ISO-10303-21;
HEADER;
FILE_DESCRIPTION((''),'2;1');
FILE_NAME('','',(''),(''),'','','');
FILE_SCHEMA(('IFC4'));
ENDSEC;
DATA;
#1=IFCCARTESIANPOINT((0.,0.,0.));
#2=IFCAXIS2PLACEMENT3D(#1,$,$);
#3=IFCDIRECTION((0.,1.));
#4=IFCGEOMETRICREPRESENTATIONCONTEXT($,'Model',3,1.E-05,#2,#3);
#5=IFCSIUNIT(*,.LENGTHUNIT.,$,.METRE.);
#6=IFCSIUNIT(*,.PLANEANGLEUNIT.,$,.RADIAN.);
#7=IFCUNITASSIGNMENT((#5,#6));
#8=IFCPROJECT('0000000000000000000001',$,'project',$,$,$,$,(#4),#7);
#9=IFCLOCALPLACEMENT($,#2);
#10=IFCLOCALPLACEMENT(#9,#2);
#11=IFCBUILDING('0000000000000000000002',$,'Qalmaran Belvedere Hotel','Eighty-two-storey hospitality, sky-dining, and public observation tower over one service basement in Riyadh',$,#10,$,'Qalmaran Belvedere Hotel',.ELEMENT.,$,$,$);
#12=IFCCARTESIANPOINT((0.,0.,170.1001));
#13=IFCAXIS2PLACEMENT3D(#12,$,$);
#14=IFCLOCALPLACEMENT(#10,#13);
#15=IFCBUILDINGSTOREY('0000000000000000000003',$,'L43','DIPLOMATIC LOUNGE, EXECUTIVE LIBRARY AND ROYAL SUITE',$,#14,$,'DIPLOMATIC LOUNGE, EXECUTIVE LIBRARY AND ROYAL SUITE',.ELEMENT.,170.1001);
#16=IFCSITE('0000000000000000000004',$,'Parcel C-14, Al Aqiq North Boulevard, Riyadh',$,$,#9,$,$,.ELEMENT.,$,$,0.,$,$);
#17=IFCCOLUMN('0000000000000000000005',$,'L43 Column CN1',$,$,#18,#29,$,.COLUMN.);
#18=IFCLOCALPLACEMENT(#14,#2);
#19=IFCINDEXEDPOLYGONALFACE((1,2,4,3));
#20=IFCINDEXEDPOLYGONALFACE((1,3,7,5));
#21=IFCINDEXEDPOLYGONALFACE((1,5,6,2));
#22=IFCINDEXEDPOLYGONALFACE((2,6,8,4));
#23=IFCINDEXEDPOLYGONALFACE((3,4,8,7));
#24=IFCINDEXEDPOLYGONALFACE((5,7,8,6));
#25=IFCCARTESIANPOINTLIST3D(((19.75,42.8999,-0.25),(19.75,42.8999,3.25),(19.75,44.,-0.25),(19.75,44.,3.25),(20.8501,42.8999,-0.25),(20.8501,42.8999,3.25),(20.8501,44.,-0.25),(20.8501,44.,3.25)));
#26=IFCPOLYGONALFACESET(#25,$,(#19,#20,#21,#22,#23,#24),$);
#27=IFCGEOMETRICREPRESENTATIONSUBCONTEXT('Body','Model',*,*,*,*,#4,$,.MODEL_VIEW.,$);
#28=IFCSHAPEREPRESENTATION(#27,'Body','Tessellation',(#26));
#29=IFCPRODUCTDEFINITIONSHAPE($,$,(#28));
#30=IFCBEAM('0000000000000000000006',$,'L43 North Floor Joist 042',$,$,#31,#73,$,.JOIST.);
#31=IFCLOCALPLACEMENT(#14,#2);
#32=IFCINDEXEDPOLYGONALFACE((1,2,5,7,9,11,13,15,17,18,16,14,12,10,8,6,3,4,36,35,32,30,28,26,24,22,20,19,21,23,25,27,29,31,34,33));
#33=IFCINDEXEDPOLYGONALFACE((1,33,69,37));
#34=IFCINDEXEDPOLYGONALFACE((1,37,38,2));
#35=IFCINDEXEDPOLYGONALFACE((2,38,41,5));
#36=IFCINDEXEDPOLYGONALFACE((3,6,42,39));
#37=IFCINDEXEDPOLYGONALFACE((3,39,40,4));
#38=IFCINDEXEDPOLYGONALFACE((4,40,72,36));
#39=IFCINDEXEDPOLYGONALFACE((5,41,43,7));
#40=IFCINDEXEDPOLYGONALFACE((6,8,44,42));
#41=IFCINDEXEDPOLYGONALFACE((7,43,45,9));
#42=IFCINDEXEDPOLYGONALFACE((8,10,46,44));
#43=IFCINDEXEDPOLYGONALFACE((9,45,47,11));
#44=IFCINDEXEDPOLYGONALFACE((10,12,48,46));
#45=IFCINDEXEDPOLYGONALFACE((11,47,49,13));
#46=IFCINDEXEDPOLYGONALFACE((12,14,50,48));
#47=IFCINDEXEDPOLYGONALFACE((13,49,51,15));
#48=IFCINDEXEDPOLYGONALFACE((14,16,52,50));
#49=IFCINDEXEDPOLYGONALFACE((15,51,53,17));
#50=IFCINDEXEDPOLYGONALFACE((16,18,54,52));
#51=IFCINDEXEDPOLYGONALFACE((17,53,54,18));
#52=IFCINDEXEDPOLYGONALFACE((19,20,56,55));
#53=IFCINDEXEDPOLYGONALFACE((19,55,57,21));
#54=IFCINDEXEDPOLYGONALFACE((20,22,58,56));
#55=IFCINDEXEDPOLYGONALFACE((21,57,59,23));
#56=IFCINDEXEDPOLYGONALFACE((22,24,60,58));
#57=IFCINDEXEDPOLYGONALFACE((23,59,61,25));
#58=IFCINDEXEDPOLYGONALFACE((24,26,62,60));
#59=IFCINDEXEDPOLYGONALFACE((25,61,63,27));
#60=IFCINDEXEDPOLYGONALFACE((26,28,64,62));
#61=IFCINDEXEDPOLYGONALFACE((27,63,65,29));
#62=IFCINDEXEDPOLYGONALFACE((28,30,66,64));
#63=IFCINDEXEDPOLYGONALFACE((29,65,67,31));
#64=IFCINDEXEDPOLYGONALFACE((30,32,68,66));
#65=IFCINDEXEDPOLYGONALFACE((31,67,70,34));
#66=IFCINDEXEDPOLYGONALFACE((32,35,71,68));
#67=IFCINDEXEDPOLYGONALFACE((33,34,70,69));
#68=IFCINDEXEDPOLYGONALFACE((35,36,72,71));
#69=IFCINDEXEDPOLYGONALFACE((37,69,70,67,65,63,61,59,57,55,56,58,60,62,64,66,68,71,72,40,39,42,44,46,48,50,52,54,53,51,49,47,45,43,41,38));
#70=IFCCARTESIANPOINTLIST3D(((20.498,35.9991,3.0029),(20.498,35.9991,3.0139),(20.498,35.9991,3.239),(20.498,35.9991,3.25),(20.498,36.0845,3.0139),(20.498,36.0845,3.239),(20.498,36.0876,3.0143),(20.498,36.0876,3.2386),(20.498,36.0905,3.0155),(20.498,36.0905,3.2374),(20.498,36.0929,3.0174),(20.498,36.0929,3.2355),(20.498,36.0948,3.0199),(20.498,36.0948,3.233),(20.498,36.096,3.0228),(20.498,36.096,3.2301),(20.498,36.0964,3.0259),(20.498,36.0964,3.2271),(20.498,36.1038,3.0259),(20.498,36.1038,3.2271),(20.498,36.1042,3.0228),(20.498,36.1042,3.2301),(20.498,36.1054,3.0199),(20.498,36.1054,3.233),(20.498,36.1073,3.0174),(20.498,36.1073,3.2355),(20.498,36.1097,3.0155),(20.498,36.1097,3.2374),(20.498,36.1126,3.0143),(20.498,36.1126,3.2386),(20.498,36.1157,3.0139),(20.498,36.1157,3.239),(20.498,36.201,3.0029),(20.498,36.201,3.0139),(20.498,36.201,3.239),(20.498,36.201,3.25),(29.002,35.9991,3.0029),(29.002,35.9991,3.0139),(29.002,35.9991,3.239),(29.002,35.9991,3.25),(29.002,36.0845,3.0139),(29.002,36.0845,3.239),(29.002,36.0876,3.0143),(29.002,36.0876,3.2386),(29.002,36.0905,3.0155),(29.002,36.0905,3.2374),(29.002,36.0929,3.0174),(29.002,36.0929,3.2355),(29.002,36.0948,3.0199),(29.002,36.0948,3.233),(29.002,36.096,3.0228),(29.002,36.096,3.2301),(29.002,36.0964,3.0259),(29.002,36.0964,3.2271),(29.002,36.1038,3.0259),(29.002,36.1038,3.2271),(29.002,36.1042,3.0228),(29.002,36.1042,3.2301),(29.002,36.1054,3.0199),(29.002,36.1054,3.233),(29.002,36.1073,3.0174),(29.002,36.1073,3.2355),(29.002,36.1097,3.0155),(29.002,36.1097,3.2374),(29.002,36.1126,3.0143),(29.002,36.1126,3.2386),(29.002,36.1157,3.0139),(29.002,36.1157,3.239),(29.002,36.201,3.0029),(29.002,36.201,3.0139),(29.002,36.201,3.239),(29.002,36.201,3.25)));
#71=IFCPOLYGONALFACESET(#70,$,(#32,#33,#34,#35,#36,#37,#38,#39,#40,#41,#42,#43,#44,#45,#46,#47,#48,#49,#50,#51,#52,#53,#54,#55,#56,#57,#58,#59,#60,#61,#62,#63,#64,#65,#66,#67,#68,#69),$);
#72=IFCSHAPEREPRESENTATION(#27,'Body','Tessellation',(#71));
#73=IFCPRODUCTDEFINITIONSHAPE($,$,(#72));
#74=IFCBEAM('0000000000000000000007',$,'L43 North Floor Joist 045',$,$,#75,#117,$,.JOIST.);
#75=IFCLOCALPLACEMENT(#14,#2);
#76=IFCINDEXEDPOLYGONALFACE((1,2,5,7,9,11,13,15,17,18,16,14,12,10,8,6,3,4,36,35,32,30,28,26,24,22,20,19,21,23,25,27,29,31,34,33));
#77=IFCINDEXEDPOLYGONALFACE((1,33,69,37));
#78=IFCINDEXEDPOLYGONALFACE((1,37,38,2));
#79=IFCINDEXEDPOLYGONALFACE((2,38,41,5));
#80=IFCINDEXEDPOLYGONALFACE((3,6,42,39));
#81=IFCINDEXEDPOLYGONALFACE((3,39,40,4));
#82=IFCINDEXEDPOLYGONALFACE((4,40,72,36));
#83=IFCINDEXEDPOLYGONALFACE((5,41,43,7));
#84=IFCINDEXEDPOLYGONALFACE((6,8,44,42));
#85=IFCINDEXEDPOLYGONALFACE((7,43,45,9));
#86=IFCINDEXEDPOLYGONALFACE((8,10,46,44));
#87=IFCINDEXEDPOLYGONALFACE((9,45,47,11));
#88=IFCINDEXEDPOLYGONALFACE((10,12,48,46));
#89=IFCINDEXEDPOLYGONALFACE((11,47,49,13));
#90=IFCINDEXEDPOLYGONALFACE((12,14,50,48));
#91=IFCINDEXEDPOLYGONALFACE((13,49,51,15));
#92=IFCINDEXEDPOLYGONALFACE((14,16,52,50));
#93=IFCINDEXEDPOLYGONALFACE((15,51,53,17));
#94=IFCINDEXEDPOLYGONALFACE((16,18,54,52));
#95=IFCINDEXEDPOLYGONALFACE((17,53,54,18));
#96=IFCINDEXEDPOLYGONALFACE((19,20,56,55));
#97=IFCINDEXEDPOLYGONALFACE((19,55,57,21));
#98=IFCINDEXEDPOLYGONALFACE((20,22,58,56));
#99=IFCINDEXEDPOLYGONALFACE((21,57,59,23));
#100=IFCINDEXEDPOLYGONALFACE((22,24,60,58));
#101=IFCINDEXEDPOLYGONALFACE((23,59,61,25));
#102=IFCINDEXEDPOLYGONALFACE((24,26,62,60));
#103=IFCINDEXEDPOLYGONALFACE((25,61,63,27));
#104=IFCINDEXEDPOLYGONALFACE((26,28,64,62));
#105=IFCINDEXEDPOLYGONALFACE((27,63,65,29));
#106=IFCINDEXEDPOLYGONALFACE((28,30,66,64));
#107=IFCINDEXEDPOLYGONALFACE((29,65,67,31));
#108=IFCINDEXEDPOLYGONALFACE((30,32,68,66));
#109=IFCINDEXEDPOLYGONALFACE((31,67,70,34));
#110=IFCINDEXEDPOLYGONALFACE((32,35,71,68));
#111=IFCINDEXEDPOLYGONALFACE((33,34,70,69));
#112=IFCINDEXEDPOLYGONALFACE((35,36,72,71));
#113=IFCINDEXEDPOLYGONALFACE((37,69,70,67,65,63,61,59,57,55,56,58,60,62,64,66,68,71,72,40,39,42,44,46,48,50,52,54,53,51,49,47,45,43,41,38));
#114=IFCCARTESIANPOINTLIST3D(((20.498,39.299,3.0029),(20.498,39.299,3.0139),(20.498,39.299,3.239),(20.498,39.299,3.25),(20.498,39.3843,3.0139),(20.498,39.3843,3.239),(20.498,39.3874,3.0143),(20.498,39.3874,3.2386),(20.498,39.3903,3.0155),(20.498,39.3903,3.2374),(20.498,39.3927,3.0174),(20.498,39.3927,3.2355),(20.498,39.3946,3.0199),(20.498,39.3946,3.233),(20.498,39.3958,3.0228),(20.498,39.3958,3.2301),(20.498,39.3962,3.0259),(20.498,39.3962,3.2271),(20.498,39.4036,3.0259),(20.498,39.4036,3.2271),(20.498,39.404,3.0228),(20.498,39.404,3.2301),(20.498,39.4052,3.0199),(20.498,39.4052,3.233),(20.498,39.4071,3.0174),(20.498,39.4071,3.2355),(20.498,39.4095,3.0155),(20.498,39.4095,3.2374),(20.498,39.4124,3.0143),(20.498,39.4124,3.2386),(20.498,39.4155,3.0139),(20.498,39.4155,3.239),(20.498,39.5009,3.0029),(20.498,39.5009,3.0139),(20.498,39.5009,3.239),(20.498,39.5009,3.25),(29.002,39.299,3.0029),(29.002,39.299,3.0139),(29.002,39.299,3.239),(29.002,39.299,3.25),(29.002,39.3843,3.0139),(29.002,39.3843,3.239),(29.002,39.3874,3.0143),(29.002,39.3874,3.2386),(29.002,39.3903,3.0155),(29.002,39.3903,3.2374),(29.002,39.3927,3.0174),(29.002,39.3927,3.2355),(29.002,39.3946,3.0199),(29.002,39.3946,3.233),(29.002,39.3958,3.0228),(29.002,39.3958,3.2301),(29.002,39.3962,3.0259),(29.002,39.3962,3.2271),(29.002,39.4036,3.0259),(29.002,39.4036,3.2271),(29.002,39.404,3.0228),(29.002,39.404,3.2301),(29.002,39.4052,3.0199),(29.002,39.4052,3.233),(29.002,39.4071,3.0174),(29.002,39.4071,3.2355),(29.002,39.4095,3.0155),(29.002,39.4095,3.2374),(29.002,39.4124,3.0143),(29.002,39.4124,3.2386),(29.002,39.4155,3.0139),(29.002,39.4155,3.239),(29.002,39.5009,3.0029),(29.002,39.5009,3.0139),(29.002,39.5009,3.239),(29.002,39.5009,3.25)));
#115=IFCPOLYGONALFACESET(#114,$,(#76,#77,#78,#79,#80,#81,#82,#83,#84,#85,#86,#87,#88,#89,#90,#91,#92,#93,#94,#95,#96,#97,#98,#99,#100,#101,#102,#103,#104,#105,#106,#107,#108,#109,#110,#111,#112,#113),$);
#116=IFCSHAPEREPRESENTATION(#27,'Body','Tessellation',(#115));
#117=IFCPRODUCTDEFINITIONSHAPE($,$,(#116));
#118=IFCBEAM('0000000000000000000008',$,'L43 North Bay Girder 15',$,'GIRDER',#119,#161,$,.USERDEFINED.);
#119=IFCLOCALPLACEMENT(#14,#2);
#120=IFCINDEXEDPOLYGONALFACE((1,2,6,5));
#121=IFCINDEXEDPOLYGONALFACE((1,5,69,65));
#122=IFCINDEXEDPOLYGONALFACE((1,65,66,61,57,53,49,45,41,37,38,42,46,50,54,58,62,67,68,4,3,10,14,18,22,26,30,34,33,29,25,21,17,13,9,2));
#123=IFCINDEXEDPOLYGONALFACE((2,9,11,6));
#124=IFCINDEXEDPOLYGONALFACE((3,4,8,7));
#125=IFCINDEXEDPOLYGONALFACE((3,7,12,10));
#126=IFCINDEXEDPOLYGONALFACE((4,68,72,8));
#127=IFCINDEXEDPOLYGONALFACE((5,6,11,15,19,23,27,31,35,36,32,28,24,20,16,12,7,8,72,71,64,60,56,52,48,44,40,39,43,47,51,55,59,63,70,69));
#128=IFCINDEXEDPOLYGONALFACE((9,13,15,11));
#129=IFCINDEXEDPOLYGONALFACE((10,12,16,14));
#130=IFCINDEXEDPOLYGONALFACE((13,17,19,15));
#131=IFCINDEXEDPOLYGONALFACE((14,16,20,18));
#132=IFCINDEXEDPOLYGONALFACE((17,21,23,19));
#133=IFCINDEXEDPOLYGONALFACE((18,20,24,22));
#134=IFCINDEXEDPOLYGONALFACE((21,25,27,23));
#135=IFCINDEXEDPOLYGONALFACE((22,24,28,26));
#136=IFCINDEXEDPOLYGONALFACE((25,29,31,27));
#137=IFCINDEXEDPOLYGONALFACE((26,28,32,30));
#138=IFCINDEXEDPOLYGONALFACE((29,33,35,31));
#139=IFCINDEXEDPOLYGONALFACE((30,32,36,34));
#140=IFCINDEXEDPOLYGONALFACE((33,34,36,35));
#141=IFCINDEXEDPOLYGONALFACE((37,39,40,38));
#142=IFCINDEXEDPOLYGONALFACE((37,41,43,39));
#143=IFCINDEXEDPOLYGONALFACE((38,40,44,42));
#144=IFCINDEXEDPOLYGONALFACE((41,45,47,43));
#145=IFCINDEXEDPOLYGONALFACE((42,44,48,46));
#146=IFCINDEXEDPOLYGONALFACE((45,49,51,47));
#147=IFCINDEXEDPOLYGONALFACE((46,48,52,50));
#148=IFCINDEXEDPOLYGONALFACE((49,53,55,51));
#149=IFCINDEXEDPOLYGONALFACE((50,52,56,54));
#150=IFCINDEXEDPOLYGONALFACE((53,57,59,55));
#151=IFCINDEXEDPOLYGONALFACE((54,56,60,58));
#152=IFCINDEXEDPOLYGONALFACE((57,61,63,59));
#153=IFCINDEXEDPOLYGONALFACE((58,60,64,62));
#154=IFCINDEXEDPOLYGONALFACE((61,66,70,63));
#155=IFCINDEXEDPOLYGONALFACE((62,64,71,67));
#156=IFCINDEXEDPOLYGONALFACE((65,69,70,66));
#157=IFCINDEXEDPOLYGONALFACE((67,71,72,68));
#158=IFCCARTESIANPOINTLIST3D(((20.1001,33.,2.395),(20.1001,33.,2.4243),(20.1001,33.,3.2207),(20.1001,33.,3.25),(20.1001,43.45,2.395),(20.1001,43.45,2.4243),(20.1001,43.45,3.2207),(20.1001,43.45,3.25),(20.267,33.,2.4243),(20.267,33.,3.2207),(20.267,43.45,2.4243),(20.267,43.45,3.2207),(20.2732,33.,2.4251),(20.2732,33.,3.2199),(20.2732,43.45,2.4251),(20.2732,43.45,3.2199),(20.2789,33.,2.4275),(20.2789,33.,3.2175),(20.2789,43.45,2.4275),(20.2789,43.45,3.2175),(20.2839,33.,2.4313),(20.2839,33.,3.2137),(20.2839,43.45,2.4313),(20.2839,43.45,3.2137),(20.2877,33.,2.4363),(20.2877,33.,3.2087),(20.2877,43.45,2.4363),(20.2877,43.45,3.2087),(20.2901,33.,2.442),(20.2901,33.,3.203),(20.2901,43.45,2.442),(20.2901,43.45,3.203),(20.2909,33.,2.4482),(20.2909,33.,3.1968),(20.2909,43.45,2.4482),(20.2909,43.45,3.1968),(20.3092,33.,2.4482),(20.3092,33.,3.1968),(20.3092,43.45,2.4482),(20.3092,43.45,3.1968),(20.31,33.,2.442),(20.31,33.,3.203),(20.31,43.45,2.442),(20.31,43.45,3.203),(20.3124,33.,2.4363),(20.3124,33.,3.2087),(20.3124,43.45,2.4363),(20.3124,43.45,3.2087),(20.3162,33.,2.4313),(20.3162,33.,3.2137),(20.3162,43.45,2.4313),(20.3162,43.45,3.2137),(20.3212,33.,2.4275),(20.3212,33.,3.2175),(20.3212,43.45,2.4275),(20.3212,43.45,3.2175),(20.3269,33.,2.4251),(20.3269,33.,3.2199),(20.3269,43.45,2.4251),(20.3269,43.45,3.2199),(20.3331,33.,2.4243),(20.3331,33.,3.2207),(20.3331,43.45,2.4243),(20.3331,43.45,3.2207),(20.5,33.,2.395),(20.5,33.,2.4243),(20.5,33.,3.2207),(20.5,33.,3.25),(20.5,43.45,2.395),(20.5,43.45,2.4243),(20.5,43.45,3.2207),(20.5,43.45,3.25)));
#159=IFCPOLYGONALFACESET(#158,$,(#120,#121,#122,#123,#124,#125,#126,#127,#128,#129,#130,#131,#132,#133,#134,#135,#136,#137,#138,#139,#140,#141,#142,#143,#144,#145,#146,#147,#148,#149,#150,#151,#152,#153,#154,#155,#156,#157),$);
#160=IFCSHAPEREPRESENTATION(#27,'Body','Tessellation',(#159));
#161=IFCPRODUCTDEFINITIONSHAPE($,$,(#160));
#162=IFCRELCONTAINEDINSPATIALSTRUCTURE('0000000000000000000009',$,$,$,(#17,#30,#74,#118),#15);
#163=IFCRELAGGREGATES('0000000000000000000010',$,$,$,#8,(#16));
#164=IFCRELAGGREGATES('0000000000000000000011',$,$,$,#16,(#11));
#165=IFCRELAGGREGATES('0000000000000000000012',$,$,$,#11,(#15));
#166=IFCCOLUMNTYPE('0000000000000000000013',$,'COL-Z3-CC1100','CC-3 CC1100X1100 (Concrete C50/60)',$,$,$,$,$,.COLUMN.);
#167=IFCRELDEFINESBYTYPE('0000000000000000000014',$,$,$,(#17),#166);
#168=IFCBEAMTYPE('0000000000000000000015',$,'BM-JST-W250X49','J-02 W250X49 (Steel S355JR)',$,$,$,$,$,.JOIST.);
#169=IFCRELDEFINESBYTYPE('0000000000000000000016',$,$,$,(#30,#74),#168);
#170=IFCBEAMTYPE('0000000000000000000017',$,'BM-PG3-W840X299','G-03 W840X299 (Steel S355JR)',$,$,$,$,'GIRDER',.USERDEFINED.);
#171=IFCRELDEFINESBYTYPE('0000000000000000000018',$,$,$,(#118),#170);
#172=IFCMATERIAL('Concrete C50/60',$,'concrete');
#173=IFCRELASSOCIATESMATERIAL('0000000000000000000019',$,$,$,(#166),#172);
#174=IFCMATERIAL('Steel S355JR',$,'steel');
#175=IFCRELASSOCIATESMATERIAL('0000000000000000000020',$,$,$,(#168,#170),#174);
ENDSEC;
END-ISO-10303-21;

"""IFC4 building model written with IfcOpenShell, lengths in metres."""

from ifc_helpers import new_model, si_unit, direction, frame, origin, origin_2d, place, context, subcontext, project, spatial, rectangle, i_section, extrude, material, material_profile, profile_set, type_object, element, save


model = new_model("IFC4")

# Units and contexts
model_context = context("Model", 3, precision=1e-05, world=origin(), true_north=direction((0.0, 1.0)))
body_context = subcontext(model_context, "Body", "Model", "MODEL_VIEW")
ifc_project = project(units=[si_unit("LENGTHUNIT", "METRE"), si_unit("PLANEANGLEUNIT", "RADIAN")], contexts=[model_context])

# Site, building, storey
site_placement = place(None, origin())
site = spatial("IfcSite", under=ifc_project, at=site_placement, Name="Parcel C-14, Al Aqiq North Boulevard, Riyadh", CompositionType="ELEMENT", RefElevation=0.0)
building_placement = place(site_placement, origin())
building = spatial("IfcBuilding", under=site, at=building_placement, Name="Qalmaran Belvedere Hotel", Description="Eighty-two-storey hospitality, sky-dining, and public observation tower over one service basement in Riyadh", LongName="Qalmaran Belvedere Hotel", CompositionType="ELEMENT")
storey_placement = place(building_placement, frame((0.0, 0.0, 170.1001)))
storey = spatial("IfcBuildingStorey", under=building, at=storey_placement, Name="L43", Description="DIPLOMATIC LOUNGE, EXECUTIVE LIBRARY AND ROYAL SUITE", LongName="DIPLOMATIC LOUNGE, EXECUTIVE LIBRARY AND ROYAL SUITE", CompositionType="ELEMENT", Elevation=170.1001)

# Column
ifc_material_1 = material(Name="Concrete C50/60", Category="concrete")
ifc_material_profile_1 = material_profile(ifc_material_1, rectangle(XDim=1.1001, YDim=1.1001, at=origin_2d()), Name="CC1100X1100")
ifc_profile_set_1 = profile_set([ifc_material_profile_1], Name="Concrete C50/60")
column_type = type_object("IfcColumnType", Name="COL-Z3-CC1100", Description="CC-3 CC1100X1100 (Concrete C50/60)", PredefinedType="COLUMN", material=ifc_profile_set_1)
column_placement = place(storey_placement, frame((20.3, 43.45, -0.25), z_axis=(0.0, 0.0, 1.0), x_axis=(1.0, 0.0, 0.0)))
element("IfcColumn", 1, at=column_placement, inside=storey, type_object=column_type, Name="L43 Column CN1", PredefinedType="COLUMN", context=body_context, shape_type="SweptSolid", body=[
    extrude(rectangle(XDim=1.1001, YDim=1.1001, at=origin_2d()), origin(), (0.0, 0.0, 1.0), 3.5),
])

# Beams
ifc_material_2 = material(Name="Steel S355JR", Category="steel")
ifc_material_profile_2 = material_profile(ifc_material_2, i_section(OverallWidth=0.2019, OverallDepth=0.2471, WebThickness=0.0073, FlangeThickness=0.011, FilletRadius=0.012, at=origin_2d()), Name="W250X49")
ifc_profile_set_2 = profile_set([ifc_material_profile_2], Name="Steel S355JR")
beam_type_1 = type_object("IfcBeamType", Name="BM-JST-W250X49", Description="J-02 W250X49 (Steel S355JR)", PredefinedType="JOIST", material=ifc_profile_set_2)
for number, where, z_axis, x_axis, name in (
    (2, (20.498, 36.1001, 3.1265), (1.0, 0.0, 0.0), (0.0, 1.0, 0.0), "L43 North Floor Joist 042"),
    (3, (20.498, 39.3999, 3.1265), (1.0, 0.0, 0.0), (0.0, 1.0, 0.0), "L43 North Floor Joist 045"),
):
    element("IfcBeam", number, at=place(storey_placement, frame(where, z_axis=z_axis, x_axis=x_axis)), inside=storey, type_object=beam_type_1, Name=name, PredefinedType="JOIST", context=body_context, shape_type="SweptSolid", body=[
        extrude(i_section(OverallWidth=0.2019, OverallDepth=0.2471, WebThickness=0.0073, FlangeThickness=0.011, FilletRadius=0.012, at=origin_2d()), origin(), (0.0, 0.0, 1.0), 8.5039),
    ])
ifc_material_profile_3 = material_profile(ifc_material_2, i_section(OverallWidth=0.3999, OverallDepth=0.855, WebThickness=0.0183, FlangeThickness=0.0293, FilletRadius=0.0239, at=origin_2d()), Name="W840X299")
ifc_profile_set_3 = profile_set([ifc_material_profile_3], Name="Steel S355JR")
beam_type_2 = type_object("IfcBeamType", Name="BM-PG3-W840X299", Description="G-03 W840X299 (Steel S355JR)", ElementType="GIRDER", PredefinedType="USERDEFINED", material=ifc_profile_set_3)
beam_1_placement = place(storey_placement, frame((20.3, 33.0, 2.8225), z_axis=(0.0, 1.0, 0.0), x_axis=(-1.0, 0.0, 0.0)))
element("IfcBeam", 4, at=beam_1_placement, inside=storey, type_object=beam_type_2, Name="L43 North Bay Girder 15", ObjectType="GIRDER", PredefinedType="USERDEFINED", context=body_context, shape_type="SweptSolid", body=[
    extrude(i_section(OverallWidth=0.3999, OverallDepth=0.855, WebThickness=0.0183, FlangeThickness=0.0293, FilletRadius=0.0239, at=origin_2d()), origin(), (0.0, 0.0, 1.0), 10.45),
])

save(model, "model.ifc")
